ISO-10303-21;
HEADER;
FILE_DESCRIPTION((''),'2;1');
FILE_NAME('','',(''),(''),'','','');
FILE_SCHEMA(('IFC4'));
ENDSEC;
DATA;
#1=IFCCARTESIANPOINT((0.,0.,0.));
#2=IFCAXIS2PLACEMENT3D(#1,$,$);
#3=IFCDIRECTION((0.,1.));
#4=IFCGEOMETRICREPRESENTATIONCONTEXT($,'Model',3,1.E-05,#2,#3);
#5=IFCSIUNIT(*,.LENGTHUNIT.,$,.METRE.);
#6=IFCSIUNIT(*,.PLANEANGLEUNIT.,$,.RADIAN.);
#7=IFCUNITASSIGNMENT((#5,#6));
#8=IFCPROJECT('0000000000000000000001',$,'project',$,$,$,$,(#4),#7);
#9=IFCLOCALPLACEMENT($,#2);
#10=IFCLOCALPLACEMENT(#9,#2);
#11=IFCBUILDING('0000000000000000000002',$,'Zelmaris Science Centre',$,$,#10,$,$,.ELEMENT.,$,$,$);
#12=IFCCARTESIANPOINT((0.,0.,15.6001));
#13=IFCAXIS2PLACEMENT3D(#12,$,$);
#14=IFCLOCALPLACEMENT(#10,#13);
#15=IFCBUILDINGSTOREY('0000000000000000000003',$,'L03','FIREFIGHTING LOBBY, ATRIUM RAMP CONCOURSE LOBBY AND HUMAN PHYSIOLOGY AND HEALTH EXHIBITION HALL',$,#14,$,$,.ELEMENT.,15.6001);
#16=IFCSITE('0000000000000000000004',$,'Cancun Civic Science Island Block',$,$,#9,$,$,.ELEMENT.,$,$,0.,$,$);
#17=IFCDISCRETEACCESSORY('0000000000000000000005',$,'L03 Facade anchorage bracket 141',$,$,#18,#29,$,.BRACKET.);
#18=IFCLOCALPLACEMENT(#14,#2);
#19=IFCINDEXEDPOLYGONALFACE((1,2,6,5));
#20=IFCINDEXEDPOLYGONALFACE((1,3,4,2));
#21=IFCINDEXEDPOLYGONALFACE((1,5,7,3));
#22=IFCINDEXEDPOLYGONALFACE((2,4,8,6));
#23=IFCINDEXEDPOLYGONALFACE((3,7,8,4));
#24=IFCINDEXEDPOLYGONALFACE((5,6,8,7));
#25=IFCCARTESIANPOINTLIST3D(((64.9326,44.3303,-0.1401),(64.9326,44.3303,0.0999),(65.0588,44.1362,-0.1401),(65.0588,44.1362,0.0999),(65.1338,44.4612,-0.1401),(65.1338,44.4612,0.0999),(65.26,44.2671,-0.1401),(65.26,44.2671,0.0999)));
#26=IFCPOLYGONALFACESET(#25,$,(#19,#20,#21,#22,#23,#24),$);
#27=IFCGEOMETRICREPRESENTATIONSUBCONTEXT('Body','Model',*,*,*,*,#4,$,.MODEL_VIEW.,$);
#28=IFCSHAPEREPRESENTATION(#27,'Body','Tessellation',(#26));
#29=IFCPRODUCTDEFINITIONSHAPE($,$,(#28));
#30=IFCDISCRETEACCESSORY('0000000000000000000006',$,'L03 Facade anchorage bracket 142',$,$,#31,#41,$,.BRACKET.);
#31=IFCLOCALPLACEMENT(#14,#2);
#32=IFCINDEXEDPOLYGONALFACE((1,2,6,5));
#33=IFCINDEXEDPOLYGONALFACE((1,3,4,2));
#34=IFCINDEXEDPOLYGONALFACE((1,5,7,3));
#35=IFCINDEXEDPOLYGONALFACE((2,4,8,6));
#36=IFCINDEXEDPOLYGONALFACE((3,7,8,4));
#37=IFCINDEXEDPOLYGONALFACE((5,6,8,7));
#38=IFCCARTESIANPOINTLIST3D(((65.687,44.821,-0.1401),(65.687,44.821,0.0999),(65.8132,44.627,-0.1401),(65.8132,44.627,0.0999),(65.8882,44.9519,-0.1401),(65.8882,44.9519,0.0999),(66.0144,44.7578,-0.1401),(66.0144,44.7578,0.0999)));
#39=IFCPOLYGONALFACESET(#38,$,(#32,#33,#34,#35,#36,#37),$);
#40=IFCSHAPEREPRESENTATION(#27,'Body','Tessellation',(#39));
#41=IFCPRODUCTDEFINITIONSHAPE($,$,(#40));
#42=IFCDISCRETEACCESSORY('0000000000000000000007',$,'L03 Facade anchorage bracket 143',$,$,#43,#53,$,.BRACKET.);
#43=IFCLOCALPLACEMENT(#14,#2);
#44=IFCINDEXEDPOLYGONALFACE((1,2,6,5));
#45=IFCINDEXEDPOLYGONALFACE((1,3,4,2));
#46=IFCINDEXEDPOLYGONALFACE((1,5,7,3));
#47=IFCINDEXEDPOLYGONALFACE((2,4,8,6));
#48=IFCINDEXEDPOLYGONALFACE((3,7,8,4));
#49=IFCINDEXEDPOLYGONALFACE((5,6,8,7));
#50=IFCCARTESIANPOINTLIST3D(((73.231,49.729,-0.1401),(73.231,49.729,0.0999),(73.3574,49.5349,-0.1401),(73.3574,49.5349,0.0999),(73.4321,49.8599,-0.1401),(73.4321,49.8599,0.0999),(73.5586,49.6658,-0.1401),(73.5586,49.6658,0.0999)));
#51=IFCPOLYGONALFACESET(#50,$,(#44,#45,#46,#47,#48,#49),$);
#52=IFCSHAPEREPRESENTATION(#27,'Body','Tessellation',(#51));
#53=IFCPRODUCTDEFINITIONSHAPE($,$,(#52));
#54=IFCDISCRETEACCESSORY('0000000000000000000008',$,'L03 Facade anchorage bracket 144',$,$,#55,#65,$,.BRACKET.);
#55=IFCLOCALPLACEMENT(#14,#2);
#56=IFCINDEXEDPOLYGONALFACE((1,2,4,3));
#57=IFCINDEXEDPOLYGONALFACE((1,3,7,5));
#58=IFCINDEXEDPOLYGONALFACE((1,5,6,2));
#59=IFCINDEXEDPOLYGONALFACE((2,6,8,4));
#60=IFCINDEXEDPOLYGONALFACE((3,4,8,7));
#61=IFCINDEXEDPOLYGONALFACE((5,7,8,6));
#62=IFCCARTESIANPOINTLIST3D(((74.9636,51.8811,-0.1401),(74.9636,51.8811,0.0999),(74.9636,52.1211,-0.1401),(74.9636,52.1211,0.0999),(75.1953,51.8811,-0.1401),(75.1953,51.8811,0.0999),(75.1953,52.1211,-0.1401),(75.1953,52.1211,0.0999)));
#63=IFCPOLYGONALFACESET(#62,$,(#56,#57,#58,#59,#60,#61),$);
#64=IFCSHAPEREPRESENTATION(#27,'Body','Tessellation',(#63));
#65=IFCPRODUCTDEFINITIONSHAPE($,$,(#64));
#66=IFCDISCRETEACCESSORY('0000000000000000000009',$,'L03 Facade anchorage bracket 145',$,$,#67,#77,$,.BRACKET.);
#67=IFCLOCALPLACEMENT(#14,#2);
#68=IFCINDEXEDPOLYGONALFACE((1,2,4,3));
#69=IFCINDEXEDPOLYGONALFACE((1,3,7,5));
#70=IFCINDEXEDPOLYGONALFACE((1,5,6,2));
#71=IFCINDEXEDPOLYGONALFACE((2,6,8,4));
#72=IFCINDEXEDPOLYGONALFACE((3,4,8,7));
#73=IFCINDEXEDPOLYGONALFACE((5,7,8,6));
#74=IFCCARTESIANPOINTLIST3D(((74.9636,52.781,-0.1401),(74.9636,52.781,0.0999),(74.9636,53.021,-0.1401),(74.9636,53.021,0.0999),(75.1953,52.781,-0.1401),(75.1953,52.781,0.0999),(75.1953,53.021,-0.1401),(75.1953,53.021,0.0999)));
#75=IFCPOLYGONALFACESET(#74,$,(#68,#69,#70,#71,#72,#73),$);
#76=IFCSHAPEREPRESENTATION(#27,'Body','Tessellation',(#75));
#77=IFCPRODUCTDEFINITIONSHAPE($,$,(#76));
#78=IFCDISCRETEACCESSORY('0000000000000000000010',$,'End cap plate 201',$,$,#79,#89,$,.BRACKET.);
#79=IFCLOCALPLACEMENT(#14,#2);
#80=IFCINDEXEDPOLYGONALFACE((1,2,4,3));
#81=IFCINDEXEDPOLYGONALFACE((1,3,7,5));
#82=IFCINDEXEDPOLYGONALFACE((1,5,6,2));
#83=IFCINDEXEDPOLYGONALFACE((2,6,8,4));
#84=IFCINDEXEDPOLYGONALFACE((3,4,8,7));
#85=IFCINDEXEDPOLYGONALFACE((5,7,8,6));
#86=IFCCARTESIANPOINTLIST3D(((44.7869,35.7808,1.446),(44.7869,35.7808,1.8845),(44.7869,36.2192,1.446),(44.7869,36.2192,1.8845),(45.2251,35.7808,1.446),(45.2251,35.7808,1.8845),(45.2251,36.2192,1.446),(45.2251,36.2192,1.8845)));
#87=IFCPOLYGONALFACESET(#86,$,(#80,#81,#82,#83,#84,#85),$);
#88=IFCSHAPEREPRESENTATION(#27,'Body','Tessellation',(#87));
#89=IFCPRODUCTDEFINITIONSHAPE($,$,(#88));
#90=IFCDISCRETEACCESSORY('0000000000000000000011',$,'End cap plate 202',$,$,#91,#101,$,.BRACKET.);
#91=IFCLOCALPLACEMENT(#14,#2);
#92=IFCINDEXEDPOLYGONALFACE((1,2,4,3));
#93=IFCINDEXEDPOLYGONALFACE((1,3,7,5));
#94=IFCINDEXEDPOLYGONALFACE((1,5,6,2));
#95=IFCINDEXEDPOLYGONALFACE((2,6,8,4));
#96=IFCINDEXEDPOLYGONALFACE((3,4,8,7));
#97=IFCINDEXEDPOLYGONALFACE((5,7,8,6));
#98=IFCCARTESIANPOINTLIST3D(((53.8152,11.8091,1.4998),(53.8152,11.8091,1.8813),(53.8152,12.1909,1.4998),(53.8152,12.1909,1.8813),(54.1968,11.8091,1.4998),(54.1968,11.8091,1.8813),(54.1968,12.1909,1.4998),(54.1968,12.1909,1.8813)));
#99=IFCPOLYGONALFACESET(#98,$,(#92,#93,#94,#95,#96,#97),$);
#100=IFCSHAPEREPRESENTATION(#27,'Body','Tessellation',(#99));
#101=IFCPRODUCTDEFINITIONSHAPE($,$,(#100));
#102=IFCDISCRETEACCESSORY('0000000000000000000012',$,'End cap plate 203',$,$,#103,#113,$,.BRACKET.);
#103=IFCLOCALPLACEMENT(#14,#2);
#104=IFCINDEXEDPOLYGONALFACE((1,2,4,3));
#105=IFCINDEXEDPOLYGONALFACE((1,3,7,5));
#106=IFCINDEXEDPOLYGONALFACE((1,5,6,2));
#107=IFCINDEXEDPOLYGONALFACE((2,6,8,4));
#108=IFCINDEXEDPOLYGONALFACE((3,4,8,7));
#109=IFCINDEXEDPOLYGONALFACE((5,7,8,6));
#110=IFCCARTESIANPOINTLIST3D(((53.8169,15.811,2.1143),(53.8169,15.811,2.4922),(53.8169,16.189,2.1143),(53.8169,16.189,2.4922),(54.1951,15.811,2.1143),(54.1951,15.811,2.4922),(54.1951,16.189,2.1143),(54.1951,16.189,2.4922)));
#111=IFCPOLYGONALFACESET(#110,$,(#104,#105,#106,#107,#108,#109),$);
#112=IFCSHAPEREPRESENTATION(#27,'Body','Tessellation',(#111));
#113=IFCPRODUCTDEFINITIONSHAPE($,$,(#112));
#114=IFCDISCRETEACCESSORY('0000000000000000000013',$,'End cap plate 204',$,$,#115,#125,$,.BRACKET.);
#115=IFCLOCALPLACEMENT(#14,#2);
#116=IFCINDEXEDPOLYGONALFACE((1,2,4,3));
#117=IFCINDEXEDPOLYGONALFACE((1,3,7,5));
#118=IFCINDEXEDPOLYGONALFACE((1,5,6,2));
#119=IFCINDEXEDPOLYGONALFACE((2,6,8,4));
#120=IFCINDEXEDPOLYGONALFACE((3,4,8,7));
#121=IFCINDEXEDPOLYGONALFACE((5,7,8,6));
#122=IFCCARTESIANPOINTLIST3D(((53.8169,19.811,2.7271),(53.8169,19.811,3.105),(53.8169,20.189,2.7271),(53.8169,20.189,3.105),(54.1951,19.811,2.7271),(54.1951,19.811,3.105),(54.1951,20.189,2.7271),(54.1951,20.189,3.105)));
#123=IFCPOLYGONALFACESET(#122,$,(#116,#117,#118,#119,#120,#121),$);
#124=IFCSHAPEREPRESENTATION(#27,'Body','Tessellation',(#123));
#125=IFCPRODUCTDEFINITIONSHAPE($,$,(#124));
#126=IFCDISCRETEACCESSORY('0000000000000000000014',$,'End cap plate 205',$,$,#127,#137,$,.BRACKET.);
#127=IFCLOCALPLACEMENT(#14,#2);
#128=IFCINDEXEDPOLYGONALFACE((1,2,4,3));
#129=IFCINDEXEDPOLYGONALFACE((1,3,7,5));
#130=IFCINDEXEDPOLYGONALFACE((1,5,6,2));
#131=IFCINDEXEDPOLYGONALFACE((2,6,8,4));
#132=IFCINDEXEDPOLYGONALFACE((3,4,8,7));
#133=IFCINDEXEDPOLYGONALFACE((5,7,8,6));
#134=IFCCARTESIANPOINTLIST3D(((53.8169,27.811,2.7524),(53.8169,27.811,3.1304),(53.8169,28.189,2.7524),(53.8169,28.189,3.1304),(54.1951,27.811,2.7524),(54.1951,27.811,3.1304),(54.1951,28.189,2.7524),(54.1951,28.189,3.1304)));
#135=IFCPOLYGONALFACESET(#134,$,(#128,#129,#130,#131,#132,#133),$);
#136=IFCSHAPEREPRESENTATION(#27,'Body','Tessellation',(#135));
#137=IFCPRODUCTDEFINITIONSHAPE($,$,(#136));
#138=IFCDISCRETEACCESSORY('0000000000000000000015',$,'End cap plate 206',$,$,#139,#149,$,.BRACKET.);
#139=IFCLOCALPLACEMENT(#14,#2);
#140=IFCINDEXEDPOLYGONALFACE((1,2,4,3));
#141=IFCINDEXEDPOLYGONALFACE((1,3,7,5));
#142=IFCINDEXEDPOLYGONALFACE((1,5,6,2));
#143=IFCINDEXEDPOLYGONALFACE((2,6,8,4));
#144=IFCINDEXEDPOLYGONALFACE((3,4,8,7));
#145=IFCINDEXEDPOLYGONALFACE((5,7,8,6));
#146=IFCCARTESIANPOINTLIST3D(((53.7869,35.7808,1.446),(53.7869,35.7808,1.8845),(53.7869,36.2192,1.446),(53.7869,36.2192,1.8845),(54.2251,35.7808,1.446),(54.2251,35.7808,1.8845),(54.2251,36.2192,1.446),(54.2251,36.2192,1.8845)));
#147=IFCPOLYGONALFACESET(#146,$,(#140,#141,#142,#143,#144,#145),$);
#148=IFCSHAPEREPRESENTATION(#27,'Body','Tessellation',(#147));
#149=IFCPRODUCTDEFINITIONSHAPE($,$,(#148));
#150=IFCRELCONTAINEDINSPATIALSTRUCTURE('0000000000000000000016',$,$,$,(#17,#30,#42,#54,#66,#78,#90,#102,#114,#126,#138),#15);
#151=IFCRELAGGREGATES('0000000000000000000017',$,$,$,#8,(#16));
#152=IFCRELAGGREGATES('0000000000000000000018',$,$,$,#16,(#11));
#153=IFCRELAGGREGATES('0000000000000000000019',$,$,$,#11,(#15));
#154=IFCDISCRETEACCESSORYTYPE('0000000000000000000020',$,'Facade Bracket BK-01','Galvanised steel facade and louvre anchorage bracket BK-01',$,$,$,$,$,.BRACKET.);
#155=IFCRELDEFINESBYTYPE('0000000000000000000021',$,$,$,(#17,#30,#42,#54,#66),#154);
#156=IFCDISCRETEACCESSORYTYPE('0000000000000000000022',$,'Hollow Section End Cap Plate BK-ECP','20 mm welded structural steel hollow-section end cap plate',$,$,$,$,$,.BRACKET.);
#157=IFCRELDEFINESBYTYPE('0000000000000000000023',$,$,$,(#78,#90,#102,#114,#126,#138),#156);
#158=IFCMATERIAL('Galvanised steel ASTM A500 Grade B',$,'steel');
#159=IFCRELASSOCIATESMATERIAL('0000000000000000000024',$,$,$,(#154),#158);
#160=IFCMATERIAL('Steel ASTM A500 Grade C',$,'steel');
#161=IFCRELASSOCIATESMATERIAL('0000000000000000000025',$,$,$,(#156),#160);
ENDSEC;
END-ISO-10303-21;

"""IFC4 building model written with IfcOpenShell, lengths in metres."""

from ifc_helpers import new_model, si_unit, direction, frame, origin, place, context, subcontext, project, spatial, polyline, outline, extrude, material, type_object, element, save


model = new_model("IFC4")

# Units and contexts
model_context = context("Model", 3, precision=1e-05, world=origin(), true_north=direction((0.0, 1.0)))
body_context = subcontext(model_context, "Body", "Model", "MODEL_VIEW")
ifc_project = project(units=[si_unit("LENGTHUNIT", "METRE"), si_unit("PLANEANGLEUNIT", "RADIAN")], contexts=[model_context])

# Site, building, storey
site_placement = place(None, origin())
site = spatial("IfcSite", under=ifc_project, at=site_placement, Name="Cancun Civic Science Island Block", CompositionType="ELEMENT", RefElevation=0.0)
building_placement = place(site_placement, origin())
building = spatial("IfcBuilding", under=site, at=building_placement, Name="Zelmaris Science Centre", CompositionType="ELEMENT")
storey_placement = place(building_placement, frame((0.0, 0.0, 15.6001)))
storey = spatial("IfcBuildingStorey", under=building, at=storey_placement, Name="L03", Description="FIREFIGHTING LOBBY, ATRIUM RAMP CONCOURSE LOBBY AND HUMAN PHYSIOLOGY AND HEALTH EXHIBITION HALL", CompositionType="ELEMENT", Elevation=15.6001)

# Discrete accessories
ifc_material_1 = material(Name="Galvanised steel ASTM A500 Grade B", Category="steel")
discrete_accessory_type_1 = type_object("IfcDiscreteAccessoryType", Name="Facade Bracket BK-01", Description="Galvanised steel facade and louvre anchorage bracket BK-01", PredefinedType="BRACKET", material=ifc_material_1)
discrete_accessory_1_placement = place(storey_placement, frame((0.0, 0.0, -0.1401)))
element("IfcDiscreteAccessory", 1, at=discrete_accessory_1_placement, inside=storey, type_object=discrete_accessory_type_1, Name="L03 Facade anchorage bracket 141", PredefinedType="BRACKET", context=body_context, shape_type="SweptSolid", body=[
    extrude(outline(polyline([(65.0588, 44.1362), (65.26, 44.2671), (65.1338, 44.4612), (64.9326, 44.3303), (65.0588, 44.1362)])), origin(), (0.0, 0.0, 1.0), 0.24),
])
discrete_accessory_2_placement = place(storey_placement, frame((0.0, 0.0, -0.1401)))
element("IfcDiscreteAccessory", 2, at=discrete_accessory_2_placement, inside=storey, type_object=discrete_accessory_type_1, Name="L03 Facade anchorage bracket 142", PredefinedType="BRACKET", context=body_context, shape_type="SweptSolid", body=[
    extrude(outline(polyline([(65.8132, 44.627), (66.0144, 44.7578), (65.8882, 44.9519), (65.687, 44.821), (65.8132, 44.627)])), origin(), (0.0, 0.0, 1.0), 0.24),
])
discrete_accessory_3_placement = place(storey_placement, frame((0.0, 0.0, -0.1401)))
element("IfcDiscreteAccessory", 3, at=discrete_accessory_3_placement, inside=storey, type_object=discrete_accessory_type_1, Name="L03 Facade anchorage bracket 143", PredefinedType="BRACKET", context=body_context, shape_type="SweptSolid", body=[
    extrude(outline(polyline([(73.3574, 49.5349), (73.5586, 49.6658), (73.4321, 49.8599), (73.231, 49.729), (73.3574, 49.5349)])), origin(), (0.0, 0.0, 1.0), 0.24),
])
discrete_accessory_4_placement = place(storey_placement, frame((0.0, 0.0, -0.1401)))
element("IfcDiscreteAccessory", 4, at=discrete_accessory_4_placement, inside=storey, type_object=discrete_accessory_type_1, Name="L03 Facade anchorage bracket 144", PredefinedType="BRACKET", context=body_context, shape_type="SweptSolid", body=[
    extrude(outline(polyline([(75.1953, 51.8811), (75.1953, 52.1211), (74.9636, 52.1211), (74.9636, 51.8811), (75.1953, 51.8811)])), origin(), (0.0, 0.0, 1.0), 0.24),
])
discrete_accessory_5_placement = place(storey_placement, frame((0.0, 0.0, -0.1401)))
element("IfcDiscreteAccessory", 5, at=discrete_accessory_5_placement, inside=storey, type_object=discrete_accessory_type_1, Name="L03 Facade anchorage bracket 145", PredefinedType="BRACKET", context=body_context, shape_type="SweptSolid", body=[
    extrude(outline(polyline([(75.1953, 52.781), (75.1953, 53.021), (74.9636, 53.021), (74.9636, 52.781), (75.1953, 52.781)])), origin(), (0.0, 0.0, 1.0), 0.24),
])
ifc_material_2 = material(Name="Steel ASTM A500 Grade C", Category="steel")
discrete_accessory_type_2 = type_object("IfcDiscreteAccessoryType", Name="Hollow Section End Cap Plate BK-ECP", Description="20 mm welded structural steel hollow-section end cap plate", PredefinedType="BRACKET", material=ifc_material_2)
discrete_accessory_6_placement = place(storey_placement, frame((0.0, 0.0, 1.446)))
element("IfcDiscreteAccessory", 6, at=discrete_accessory_6_placement, inside=storey, type_object=discrete_accessory_type_2, Name="End cap plate 201", PredefinedType="BRACKET", context=body_context, shape_type="SweptSolid", body=[
    extrude(outline(polyline([(44.7869, 35.7808), (45.2251, 35.7808), (45.2251, 36.2192), (44.7869, 36.2192), (44.7869, 35.7808)])), origin(), (0.0, 0.0, 1.0), 0.4385),
])
discrete_accessory_7_placement = place(storey_placement, frame((0.0, 0.0, 1.4998)))
element("IfcDiscreteAccessory", 7, at=discrete_accessory_7_placement, inside=storey, type_object=discrete_accessory_type_2, Name="End cap plate 202", PredefinedType="BRACKET", context=body_context, shape_type="SweptSolid", body=[
    extrude(outline(polyline([(53.8152, 11.8091), (54.1968, 11.8091), (54.1968, 12.1909), (53.8152, 12.1909), (53.8152, 11.8091)])), origin(), (0.0, 0.0, 1.0), 0.3816),
])
discrete_accessory_8_placement = place(storey_placement, frame((0.0, 0.0, 2.1143)))
element("IfcDiscreteAccessory", 8, at=discrete_accessory_8_placement, inside=storey, type_object=discrete_accessory_type_2, Name="End cap plate 203", PredefinedType="BRACKET", context=body_context, shape_type="SweptSolid", body=[
    extrude(outline(polyline([(53.8169, 15.811), (54.1951, 15.811), (54.1951, 16.189), (53.8169, 16.189), (53.8169, 15.811)])), origin(), (0.0, 0.0, 1.0), 0.3779),
])
discrete_accessory_9_placement = place(storey_placement, frame((0.0, 0.0, 2.7271)))
element("IfcDiscreteAccessory", 9, at=discrete_accessory_9_placement, inside=storey, type_object=discrete_accessory_type_2, Name="End cap plate 204", PredefinedType="BRACKET", context=body_context, shape_type="SweptSolid", body=[
    extrude(outline(polyline([(53.8169, 19.811), (54.1951, 19.811), (54.1951, 20.189), (53.8169, 20.189), (53.8169, 19.811)])), origin(), (0.0, 0.0, 1.0), 0.3779),
])
discrete_accessory_10_placement = place(storey_placement, frame((0.0, 0.0, 2.7524)))
element("IfcDiscreteAccessory", 10, at=discrete_accessory_10_placement, inside=storey, type_object=discrete_accessory_type_2, Name="End cap plate 205", PredefinedType="BRACKET", context=body_context, shape_type="SweptSolid", body=[
    extrude(outline(polyline([(53.8169, 27.811), (54.1951, 27.811), (54.1951, 28.189), (53.8169, 28.189), (53.8169, 27.811)])), origin(), (0.0, 0.0, 1.0), 0.3779),
])
discrete_accessory_11_placement = place(storey_placement, frame((0.0, 0.0, 1.446)))
element("IfcDiscreteAccessory", 11, at=discrete_accessory_11_placement, inside=storey, type_object=discrete_accessory_type_2, Name="End cap plate 206", PredefinedType="BRACKET", context=body_context, shape_type="SweptSolid", body=[
    extrude(outline(polyline([(53.7869, 35.7808), (54.2251, 35.7808), (54.2251, 36.2192), (53.7869, 36.2192), (53.7869, 35.7808)])), origin(), (0.0, 0.0, 1.0), 0.4385),
])

save(model, "model.ifc")
